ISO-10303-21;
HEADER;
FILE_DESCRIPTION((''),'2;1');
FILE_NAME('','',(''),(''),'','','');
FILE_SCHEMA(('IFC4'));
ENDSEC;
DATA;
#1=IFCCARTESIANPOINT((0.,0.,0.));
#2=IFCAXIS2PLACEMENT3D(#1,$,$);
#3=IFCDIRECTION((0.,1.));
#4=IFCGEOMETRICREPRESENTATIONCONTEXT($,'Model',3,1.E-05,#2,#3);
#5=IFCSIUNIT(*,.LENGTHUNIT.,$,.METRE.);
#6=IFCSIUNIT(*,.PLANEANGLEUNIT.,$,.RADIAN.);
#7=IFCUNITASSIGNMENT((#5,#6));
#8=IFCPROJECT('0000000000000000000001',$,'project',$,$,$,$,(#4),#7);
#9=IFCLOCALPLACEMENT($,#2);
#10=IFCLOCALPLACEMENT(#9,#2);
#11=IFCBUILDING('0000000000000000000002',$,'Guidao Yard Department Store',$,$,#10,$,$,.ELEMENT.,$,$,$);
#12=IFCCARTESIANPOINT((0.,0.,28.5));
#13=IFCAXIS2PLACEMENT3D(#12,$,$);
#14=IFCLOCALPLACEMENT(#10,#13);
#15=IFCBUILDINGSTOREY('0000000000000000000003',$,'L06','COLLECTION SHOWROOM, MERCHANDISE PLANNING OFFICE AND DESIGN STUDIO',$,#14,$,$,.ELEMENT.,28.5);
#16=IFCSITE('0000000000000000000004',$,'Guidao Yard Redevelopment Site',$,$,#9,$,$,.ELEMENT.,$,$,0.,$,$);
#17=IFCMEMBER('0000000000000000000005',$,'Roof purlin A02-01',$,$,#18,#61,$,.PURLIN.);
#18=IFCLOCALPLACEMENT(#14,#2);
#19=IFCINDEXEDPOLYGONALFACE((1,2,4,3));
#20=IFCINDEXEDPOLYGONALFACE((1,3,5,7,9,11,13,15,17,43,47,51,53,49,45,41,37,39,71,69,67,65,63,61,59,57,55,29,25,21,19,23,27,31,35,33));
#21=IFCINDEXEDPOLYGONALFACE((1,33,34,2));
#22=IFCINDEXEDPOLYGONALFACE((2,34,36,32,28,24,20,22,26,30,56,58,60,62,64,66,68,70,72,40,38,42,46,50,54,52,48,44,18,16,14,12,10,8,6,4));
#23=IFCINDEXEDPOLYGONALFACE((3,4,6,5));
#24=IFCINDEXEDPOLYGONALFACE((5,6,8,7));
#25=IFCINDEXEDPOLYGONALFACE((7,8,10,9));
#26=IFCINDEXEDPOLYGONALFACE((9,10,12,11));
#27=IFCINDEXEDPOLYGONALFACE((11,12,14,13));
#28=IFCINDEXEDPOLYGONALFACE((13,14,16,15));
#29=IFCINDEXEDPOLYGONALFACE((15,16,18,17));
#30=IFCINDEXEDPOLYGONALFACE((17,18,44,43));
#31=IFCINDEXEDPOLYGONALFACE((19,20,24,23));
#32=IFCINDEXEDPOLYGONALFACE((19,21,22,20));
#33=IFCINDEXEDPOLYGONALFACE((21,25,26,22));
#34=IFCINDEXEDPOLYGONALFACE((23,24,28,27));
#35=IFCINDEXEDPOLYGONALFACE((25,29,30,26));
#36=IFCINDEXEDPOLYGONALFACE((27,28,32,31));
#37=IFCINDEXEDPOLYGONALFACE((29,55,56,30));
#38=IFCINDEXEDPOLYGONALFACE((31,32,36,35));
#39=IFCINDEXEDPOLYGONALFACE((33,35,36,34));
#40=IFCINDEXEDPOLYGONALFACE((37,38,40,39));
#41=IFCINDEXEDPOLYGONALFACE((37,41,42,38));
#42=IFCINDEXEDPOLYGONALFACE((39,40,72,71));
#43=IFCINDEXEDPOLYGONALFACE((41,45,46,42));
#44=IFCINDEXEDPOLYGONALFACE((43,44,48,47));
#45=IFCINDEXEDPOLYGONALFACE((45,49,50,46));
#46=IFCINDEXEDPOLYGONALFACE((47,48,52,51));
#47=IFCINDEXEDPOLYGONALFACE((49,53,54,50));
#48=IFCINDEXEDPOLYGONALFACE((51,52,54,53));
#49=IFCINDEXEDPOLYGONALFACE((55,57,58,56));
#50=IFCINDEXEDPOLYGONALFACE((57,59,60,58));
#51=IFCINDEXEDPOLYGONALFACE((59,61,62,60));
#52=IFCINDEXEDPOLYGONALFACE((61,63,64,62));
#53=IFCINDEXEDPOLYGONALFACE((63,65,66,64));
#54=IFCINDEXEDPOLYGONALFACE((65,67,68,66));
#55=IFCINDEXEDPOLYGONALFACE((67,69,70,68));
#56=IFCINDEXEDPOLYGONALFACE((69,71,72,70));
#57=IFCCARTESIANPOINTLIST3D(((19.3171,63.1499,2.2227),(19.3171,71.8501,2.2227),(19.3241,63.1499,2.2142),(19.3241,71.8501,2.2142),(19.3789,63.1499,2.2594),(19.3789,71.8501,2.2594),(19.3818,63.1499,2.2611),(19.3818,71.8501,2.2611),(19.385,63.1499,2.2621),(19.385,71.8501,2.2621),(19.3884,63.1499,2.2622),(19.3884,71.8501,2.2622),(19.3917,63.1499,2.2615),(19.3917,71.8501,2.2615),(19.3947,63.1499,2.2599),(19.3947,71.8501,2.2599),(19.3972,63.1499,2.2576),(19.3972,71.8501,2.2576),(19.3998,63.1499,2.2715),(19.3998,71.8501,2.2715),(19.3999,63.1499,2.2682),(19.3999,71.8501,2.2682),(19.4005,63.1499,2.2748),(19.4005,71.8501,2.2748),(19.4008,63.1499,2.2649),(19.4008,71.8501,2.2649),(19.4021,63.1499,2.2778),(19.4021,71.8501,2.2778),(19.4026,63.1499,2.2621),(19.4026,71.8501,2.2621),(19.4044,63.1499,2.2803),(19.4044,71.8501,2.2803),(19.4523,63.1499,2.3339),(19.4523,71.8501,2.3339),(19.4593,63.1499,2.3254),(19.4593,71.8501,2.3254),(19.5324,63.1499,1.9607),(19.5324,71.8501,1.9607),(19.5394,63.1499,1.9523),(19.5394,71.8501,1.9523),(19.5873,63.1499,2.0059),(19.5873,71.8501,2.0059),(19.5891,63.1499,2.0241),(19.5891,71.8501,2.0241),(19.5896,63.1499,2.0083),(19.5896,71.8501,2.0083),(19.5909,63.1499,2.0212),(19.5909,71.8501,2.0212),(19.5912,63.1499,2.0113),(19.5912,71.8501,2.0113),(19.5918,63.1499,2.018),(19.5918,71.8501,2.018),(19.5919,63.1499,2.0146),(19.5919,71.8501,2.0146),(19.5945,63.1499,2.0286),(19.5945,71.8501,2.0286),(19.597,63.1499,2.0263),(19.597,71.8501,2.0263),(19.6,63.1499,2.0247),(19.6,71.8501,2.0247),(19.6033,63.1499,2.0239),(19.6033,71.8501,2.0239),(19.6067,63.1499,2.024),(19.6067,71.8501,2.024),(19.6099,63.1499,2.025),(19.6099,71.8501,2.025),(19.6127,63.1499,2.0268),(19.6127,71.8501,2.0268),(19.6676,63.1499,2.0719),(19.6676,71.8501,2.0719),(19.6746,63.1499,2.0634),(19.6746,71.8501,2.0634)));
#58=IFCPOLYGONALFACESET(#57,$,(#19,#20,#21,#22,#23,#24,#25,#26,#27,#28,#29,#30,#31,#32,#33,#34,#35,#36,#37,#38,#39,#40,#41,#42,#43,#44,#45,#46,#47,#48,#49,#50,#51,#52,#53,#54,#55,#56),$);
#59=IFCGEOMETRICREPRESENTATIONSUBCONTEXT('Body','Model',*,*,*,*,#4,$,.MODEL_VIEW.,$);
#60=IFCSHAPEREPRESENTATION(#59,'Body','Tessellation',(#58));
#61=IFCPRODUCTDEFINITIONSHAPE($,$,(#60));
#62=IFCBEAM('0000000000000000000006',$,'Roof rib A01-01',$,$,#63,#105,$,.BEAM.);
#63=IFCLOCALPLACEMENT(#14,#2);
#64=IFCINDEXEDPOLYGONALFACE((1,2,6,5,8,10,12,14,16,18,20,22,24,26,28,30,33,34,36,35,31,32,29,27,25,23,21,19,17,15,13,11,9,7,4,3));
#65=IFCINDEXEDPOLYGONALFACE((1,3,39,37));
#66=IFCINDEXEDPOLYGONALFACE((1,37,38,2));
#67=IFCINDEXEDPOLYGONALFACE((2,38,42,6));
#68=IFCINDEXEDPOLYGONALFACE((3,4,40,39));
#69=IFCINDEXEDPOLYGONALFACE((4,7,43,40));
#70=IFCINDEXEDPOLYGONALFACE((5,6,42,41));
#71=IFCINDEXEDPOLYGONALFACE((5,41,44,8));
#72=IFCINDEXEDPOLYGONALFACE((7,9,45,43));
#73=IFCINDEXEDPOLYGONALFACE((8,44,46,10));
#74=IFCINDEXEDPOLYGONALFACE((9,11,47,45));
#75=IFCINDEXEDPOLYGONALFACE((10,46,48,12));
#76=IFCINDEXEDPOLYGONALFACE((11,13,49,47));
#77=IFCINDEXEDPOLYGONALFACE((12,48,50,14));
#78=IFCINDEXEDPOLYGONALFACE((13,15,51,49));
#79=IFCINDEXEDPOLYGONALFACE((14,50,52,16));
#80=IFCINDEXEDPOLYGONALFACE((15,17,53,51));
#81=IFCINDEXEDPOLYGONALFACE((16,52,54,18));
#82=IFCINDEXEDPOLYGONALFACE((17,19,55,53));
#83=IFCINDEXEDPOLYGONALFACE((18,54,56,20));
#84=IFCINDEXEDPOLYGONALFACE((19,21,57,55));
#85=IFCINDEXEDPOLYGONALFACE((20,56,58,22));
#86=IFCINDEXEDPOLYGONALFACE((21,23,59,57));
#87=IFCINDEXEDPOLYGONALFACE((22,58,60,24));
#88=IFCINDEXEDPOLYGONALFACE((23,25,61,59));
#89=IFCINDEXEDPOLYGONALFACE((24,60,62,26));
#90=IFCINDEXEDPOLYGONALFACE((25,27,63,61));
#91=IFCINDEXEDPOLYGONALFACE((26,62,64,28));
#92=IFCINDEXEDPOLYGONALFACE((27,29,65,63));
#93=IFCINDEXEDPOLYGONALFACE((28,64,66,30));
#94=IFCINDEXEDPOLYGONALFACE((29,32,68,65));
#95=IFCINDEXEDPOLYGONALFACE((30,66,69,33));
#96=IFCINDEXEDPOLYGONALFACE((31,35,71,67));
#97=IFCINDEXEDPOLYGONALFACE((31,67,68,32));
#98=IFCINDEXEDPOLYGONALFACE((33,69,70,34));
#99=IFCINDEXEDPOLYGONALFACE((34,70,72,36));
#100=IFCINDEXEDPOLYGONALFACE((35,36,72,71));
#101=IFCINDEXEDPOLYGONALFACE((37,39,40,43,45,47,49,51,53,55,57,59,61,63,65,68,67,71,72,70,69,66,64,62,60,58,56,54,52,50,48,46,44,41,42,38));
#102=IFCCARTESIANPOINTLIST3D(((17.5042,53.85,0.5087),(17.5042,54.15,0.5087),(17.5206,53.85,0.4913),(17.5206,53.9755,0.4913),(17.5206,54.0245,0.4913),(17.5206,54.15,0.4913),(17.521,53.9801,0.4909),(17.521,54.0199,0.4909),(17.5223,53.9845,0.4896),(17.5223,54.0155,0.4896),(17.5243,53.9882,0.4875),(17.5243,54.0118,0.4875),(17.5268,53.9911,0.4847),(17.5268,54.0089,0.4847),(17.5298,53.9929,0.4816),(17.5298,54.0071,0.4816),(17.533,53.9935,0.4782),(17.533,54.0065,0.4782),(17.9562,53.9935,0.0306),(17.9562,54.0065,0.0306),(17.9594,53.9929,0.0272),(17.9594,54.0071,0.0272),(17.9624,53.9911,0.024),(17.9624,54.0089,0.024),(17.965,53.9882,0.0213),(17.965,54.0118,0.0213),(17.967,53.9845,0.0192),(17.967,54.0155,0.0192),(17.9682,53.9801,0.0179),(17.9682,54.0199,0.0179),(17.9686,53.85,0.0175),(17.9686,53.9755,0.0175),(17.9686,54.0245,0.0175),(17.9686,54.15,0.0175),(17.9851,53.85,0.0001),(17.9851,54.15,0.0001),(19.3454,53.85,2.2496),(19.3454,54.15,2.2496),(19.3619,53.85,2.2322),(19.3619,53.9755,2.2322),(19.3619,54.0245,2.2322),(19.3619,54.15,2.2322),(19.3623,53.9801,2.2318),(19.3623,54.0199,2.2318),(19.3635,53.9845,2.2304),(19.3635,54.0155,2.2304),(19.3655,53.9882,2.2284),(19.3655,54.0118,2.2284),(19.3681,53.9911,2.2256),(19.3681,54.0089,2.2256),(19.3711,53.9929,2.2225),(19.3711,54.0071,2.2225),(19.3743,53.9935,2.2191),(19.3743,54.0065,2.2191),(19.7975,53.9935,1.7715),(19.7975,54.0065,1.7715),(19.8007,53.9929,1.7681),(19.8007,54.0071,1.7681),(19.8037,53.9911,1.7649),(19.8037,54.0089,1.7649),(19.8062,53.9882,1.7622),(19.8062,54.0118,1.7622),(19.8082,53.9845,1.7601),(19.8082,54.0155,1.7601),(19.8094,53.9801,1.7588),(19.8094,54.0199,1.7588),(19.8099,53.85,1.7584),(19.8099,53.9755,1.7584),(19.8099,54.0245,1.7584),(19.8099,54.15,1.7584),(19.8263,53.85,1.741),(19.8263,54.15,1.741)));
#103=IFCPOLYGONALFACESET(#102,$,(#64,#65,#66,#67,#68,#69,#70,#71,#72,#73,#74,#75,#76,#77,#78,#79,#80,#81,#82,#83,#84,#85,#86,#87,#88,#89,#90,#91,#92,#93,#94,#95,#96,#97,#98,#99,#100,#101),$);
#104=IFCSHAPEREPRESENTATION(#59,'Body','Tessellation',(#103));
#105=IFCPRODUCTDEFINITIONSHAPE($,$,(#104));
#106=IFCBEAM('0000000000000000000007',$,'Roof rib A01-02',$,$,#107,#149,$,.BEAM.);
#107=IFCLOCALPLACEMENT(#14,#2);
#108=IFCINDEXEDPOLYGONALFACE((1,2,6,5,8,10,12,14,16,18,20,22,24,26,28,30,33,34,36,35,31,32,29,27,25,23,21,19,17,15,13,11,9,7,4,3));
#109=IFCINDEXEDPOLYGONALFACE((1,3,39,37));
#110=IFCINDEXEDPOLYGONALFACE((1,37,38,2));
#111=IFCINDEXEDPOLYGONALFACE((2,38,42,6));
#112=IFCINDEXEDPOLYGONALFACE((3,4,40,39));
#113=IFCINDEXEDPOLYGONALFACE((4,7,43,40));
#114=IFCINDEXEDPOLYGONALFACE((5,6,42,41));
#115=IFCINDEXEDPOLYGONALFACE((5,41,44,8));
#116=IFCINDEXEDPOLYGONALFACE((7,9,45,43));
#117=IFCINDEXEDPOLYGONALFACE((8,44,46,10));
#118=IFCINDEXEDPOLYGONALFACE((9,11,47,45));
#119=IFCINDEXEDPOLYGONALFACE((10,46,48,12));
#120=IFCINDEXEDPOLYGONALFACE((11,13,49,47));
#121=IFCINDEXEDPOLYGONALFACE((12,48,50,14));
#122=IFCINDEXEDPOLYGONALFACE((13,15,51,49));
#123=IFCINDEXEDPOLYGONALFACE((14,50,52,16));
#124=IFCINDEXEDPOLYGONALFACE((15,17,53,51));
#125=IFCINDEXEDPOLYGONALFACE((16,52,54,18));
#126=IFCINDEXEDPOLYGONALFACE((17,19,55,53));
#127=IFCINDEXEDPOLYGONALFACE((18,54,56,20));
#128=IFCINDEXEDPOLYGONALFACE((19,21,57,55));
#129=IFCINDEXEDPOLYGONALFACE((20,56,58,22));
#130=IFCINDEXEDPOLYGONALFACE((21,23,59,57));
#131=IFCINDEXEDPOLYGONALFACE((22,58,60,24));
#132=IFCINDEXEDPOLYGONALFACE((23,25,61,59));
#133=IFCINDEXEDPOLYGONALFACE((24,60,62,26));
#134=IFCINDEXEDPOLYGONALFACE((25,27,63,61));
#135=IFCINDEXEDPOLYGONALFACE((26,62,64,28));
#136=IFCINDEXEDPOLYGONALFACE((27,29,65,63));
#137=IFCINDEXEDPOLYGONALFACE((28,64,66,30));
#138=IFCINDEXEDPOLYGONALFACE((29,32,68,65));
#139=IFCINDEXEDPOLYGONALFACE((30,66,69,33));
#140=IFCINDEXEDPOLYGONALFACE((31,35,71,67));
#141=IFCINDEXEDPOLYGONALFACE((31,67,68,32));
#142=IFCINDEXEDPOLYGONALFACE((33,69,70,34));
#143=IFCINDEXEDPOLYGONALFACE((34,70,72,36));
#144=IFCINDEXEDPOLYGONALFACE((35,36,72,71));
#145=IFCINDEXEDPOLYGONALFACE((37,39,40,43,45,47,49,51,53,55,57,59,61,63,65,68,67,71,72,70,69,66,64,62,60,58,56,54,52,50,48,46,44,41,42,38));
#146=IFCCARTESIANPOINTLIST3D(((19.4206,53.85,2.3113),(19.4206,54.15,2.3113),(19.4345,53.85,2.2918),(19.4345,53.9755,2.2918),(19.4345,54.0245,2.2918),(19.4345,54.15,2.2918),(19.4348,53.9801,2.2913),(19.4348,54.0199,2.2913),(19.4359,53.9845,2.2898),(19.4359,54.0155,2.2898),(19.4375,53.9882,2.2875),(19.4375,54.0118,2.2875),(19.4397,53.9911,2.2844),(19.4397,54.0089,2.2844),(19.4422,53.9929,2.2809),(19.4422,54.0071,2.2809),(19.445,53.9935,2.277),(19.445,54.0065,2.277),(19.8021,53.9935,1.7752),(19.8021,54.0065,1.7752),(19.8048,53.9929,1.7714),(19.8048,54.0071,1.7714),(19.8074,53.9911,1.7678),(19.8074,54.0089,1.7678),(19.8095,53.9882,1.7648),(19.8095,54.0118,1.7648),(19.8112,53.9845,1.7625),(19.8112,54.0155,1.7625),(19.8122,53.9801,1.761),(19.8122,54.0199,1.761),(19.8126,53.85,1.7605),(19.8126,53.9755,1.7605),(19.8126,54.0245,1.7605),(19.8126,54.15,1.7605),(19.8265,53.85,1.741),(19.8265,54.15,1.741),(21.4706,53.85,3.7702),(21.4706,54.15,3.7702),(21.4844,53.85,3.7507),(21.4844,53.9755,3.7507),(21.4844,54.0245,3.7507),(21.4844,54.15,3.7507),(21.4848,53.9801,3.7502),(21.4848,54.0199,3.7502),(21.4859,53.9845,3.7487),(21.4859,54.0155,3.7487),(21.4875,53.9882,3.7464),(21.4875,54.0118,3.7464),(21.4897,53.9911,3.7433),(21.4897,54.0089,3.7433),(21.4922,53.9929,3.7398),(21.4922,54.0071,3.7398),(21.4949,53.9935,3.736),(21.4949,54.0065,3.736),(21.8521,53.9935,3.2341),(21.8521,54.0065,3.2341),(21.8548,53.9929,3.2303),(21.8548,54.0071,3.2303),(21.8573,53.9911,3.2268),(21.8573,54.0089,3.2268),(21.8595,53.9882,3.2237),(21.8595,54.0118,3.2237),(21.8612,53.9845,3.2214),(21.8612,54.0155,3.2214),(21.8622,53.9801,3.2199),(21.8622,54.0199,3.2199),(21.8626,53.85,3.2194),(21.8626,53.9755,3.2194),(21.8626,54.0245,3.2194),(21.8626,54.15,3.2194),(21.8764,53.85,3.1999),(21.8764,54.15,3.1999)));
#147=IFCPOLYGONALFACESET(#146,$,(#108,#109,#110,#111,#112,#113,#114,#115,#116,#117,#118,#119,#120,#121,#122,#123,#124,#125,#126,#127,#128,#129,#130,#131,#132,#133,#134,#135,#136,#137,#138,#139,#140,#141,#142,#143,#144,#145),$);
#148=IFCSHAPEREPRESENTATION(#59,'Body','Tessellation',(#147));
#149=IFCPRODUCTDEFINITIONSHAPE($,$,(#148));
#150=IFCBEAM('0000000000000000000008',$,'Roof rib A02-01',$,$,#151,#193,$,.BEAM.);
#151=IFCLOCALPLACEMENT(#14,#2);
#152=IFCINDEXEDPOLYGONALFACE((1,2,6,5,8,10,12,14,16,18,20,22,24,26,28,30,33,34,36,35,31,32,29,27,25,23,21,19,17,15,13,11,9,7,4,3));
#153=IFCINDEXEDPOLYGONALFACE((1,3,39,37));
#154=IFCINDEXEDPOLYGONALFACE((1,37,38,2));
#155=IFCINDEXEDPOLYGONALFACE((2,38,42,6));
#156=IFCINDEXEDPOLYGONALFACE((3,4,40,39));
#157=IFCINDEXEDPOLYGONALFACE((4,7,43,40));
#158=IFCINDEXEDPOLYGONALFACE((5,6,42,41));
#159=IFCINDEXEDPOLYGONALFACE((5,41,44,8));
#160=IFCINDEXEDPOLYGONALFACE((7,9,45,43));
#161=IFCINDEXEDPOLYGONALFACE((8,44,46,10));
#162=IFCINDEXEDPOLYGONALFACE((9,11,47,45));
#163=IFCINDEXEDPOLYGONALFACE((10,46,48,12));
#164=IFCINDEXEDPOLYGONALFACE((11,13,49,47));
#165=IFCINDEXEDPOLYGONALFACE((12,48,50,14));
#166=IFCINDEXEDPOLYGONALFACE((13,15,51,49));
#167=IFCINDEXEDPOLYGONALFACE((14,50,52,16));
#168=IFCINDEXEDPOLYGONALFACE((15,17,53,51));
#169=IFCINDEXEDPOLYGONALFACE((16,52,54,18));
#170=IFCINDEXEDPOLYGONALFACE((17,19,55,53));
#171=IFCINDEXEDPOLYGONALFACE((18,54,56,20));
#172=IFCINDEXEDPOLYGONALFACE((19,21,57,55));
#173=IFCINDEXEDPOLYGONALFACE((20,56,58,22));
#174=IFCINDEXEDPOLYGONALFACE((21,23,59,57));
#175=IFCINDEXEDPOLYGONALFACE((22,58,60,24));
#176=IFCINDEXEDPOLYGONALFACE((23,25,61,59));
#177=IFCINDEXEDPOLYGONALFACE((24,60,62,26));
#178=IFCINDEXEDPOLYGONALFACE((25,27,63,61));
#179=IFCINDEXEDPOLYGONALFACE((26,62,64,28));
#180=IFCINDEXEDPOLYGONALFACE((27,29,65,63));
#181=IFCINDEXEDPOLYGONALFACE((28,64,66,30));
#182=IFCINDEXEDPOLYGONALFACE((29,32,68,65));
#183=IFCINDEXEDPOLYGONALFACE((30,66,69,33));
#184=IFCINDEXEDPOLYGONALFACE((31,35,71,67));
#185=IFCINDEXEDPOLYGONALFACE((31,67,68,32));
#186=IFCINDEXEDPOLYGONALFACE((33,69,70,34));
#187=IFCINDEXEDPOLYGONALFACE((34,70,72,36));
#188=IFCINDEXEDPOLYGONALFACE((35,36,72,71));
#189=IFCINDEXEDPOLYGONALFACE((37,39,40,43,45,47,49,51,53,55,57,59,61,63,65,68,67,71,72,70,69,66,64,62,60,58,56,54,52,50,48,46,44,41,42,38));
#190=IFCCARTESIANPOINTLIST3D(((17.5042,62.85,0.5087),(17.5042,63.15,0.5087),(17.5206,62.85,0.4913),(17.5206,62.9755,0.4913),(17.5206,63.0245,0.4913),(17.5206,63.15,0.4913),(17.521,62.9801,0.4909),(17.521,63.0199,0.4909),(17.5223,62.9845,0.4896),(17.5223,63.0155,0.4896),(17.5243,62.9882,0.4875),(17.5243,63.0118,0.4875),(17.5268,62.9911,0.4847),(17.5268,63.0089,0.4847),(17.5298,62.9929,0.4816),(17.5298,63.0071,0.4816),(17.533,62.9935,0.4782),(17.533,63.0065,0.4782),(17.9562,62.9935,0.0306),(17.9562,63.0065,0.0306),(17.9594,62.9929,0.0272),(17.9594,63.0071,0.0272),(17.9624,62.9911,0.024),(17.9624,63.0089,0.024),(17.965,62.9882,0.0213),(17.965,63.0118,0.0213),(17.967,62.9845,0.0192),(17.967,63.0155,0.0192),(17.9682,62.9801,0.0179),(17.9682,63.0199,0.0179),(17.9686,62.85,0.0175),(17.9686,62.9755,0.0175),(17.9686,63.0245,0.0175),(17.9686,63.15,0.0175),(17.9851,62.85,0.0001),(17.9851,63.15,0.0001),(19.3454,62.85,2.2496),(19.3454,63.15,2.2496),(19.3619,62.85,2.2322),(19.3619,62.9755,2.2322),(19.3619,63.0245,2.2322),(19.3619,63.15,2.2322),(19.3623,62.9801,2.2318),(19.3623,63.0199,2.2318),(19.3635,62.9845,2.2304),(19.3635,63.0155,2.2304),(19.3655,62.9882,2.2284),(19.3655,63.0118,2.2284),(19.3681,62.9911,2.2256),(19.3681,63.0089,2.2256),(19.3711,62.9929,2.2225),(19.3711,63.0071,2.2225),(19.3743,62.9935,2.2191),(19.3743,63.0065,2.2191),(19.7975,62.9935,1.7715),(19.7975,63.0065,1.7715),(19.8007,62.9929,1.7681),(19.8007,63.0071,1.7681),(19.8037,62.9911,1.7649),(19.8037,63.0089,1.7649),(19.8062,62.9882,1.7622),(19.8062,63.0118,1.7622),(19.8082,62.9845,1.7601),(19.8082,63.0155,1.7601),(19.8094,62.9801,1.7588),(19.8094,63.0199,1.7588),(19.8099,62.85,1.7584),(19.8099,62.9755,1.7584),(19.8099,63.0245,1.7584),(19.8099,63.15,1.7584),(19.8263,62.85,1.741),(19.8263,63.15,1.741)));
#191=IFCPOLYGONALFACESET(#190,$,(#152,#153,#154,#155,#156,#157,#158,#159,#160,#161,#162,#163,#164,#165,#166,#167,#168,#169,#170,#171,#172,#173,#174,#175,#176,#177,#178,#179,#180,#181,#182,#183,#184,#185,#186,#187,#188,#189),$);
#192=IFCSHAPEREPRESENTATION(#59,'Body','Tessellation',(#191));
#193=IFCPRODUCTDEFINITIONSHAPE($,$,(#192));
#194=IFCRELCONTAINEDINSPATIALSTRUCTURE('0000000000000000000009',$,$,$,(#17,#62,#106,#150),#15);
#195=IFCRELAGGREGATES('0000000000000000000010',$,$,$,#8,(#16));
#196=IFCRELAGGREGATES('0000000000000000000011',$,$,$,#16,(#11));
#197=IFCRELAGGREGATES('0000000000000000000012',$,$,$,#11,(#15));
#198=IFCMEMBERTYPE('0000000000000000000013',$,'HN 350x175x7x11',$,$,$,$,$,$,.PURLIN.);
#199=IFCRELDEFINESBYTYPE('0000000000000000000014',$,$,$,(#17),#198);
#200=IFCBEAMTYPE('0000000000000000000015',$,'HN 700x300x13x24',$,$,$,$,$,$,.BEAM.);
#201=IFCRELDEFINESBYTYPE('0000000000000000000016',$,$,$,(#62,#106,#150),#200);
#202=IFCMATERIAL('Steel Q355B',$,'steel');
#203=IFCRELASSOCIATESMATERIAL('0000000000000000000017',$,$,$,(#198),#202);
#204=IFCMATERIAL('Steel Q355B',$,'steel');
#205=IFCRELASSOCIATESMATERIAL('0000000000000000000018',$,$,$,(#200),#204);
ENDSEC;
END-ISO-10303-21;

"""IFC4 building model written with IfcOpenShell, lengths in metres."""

from ifc_helpers import new_model, si_unit, direction, frame, origin, origin_2d, place, context, subcontext, project, spatial, i_section, extrude, material, material_profile, profile_set, type_object, element, save


model = new_model("IFC4")

# Units and contexts
model_context = context("Model", 3, precision=1e-05, world=origin(), true_north=direction((0.0, 1.0)))
body_context = subcontext(model_context, "Body", "Model", "MODEL_VIEW")
ifc_project = project(units=[si_unit("LENGTHUNIT", "METRE"), si_unit("PLANEANGLEUNIT", "RADIAN")], contexts=[model_context])

# Site, building, storey
site_placement = place(None, origin())
site = spatial("IfcSite", under=ifc_project, at=site_placement, Name="Guidao Yard Redevelopment Site", CompositionType="ELEMENT", RefElevation=0.0)
building_placement = place(site_placement, origin())
building = spatial("IfcBuilding", under=site, at=building_placement, Name="Guidao Yard Department Store", CompositionType="ELEMENT")
storey_placement = place(building_placement, frame((0.0, 0.0, 28.5)))
storey = spatial("IfcBuildingStorey", under=building, at=storey_placement, Name="L06", Description="COLLECTION SHOWROOM, MERCHANDISE PLANNING OFFICE AND DESIGN STUDIO", CompositionType="ELEMENT", Elevation=28.5)

# Member
ifc_material_1 = material(Name="Steel Q355B", Category="steel")
ifc_material_profile_1 = material_profile(ifc_material_1, i_section(OverallWidth=0.175, OverallDepth=0.3501, WebThickness=0.0071, FlangeThickness=0.011, FilletRadius=0.0129, at=origin_2d()), Name="HN 350x175x7x11")
ifc_profile_set_1 = profile_set([ifc_material_profile_1], Name="Steel Q355B")
member_type_1 = type_object("IfcMemberType", Name="HN 350x175x7x11", PredefinedType="PURLIN", material=ifc_profile_set_1)
for number, where, z_axis, x_axis, name in (
    (1, (19.4958, 63.1499, 2.1431), (0.0, 1.0, 0.0), (-0.77257, 0.0, -0.63493), "Roof purlin A02-01"),
):
    element("IfcMember", number, at=place(storey_placement, frame(where, z_axis=z_axis, x_axis=x_axis)), inside=storey, type_object=member_type_1, Name=name, PredefinedType="PURLIN", context=body_context, shape_type="SweptSolid", body=[
        extrude(i_section(OverallWidth=0.175, OverallDepth=0.3501, WebThickness=0.0071, FlangeThickness=0.011, FilletRadius=0.0129, at=origin_2d()), origin(), (0.0, 0.0, 1.0), 8.7002),
    ])

# Beams
ifc_material_2 = material(Name="Steel Q355B", Category="steel")
ifc_material_profile_2 = material_profile(ifc_material_2, i_section(OverallWidth=0.3, OverallDepth=0.7, WebThickness=0.0129, FlangeThickness=0.0239, FilletRadius=0.0181, at=origin_2d()), Name="HN 700x300x13x24")
ifc_profile_set_2 = profile_set([ifc_material_profile_2], Name="Steel Q355B")
beam_type_1 = type_object("IfcBeamType", Name="HN 700x300x13x24", PredefinedType="BEAM", material=ifc_profile_set_2)
beam_1_placement = place(storey_placement, frame((17.7446, 54.0, 0.2544), z_axis=(0.726628, 0.0, 0.687031), x_axis=(0.0, 1.0, 0.0)))
element("IfcBeam", 2, at=beam_1_placement, inside=storey, type_object=beam_type_1, Name="Roof rib A01-01", PredefinedType="BEAM", context=body_context, shape_type="SweptSolid", body=[
    extrude(i_section(OverallWidth=0.3, OverallDepth=0.7, WebThickness=0.0129, FlangeThickness=0.0239, FilletRadius=0.0181, at=origin_2d()), origin(), (0.0, 0.0, 1.0), 2.5339),
])
beam_2_placement = place(storey_placement, frame((19.6235, 54.0, 2.0261), z_axis=(0.814735, 0.0, 0.579833), x_axis=(0.0, 1.0, 0.0)))
element("IfcBeam", 3, at=beam_2_placement, inside=storey, type_object=beam_type_1, Name="Roof rib A01-02", PredefinedType="BEAM", context=body_context, shape_type="SweptSolid", body=[
    extrude(i_section(OverallWidth=0.3, OverallDepth=0.7, WebThickness=0.0129, FlangeThickness=0.0239, FilletRadius=0.0181, at=origin_2d()), origin(), (0.0, 0.0, 1.0), 2.5161),
])
beam_3_placement = place(storey_placement, frame((17.7446, 63.0, 0.2544), z_axis=(0.726628, 0.0, 0.687031), x_axis=(0.0, 1.0, 0.0)))
element("IfcBeam", 4, at=beam_3_placement, inside=storey, type_object=beam_type_1, Name="Roof rib A02-01", PredefinedType="BEAM", context=body_context, shape_type="SweptSolid", body=[
    extrude(i_section(OverallWidth=0.3, OverallDepth=0.7, WebThickness=0.0129, FlangeThickness=0.0239, FilletRadius=0.0181, at=origin_2d()), origin(), (0.0, 0.0, 1.0), 2.5339),
])

save(model, "model.ifc")
